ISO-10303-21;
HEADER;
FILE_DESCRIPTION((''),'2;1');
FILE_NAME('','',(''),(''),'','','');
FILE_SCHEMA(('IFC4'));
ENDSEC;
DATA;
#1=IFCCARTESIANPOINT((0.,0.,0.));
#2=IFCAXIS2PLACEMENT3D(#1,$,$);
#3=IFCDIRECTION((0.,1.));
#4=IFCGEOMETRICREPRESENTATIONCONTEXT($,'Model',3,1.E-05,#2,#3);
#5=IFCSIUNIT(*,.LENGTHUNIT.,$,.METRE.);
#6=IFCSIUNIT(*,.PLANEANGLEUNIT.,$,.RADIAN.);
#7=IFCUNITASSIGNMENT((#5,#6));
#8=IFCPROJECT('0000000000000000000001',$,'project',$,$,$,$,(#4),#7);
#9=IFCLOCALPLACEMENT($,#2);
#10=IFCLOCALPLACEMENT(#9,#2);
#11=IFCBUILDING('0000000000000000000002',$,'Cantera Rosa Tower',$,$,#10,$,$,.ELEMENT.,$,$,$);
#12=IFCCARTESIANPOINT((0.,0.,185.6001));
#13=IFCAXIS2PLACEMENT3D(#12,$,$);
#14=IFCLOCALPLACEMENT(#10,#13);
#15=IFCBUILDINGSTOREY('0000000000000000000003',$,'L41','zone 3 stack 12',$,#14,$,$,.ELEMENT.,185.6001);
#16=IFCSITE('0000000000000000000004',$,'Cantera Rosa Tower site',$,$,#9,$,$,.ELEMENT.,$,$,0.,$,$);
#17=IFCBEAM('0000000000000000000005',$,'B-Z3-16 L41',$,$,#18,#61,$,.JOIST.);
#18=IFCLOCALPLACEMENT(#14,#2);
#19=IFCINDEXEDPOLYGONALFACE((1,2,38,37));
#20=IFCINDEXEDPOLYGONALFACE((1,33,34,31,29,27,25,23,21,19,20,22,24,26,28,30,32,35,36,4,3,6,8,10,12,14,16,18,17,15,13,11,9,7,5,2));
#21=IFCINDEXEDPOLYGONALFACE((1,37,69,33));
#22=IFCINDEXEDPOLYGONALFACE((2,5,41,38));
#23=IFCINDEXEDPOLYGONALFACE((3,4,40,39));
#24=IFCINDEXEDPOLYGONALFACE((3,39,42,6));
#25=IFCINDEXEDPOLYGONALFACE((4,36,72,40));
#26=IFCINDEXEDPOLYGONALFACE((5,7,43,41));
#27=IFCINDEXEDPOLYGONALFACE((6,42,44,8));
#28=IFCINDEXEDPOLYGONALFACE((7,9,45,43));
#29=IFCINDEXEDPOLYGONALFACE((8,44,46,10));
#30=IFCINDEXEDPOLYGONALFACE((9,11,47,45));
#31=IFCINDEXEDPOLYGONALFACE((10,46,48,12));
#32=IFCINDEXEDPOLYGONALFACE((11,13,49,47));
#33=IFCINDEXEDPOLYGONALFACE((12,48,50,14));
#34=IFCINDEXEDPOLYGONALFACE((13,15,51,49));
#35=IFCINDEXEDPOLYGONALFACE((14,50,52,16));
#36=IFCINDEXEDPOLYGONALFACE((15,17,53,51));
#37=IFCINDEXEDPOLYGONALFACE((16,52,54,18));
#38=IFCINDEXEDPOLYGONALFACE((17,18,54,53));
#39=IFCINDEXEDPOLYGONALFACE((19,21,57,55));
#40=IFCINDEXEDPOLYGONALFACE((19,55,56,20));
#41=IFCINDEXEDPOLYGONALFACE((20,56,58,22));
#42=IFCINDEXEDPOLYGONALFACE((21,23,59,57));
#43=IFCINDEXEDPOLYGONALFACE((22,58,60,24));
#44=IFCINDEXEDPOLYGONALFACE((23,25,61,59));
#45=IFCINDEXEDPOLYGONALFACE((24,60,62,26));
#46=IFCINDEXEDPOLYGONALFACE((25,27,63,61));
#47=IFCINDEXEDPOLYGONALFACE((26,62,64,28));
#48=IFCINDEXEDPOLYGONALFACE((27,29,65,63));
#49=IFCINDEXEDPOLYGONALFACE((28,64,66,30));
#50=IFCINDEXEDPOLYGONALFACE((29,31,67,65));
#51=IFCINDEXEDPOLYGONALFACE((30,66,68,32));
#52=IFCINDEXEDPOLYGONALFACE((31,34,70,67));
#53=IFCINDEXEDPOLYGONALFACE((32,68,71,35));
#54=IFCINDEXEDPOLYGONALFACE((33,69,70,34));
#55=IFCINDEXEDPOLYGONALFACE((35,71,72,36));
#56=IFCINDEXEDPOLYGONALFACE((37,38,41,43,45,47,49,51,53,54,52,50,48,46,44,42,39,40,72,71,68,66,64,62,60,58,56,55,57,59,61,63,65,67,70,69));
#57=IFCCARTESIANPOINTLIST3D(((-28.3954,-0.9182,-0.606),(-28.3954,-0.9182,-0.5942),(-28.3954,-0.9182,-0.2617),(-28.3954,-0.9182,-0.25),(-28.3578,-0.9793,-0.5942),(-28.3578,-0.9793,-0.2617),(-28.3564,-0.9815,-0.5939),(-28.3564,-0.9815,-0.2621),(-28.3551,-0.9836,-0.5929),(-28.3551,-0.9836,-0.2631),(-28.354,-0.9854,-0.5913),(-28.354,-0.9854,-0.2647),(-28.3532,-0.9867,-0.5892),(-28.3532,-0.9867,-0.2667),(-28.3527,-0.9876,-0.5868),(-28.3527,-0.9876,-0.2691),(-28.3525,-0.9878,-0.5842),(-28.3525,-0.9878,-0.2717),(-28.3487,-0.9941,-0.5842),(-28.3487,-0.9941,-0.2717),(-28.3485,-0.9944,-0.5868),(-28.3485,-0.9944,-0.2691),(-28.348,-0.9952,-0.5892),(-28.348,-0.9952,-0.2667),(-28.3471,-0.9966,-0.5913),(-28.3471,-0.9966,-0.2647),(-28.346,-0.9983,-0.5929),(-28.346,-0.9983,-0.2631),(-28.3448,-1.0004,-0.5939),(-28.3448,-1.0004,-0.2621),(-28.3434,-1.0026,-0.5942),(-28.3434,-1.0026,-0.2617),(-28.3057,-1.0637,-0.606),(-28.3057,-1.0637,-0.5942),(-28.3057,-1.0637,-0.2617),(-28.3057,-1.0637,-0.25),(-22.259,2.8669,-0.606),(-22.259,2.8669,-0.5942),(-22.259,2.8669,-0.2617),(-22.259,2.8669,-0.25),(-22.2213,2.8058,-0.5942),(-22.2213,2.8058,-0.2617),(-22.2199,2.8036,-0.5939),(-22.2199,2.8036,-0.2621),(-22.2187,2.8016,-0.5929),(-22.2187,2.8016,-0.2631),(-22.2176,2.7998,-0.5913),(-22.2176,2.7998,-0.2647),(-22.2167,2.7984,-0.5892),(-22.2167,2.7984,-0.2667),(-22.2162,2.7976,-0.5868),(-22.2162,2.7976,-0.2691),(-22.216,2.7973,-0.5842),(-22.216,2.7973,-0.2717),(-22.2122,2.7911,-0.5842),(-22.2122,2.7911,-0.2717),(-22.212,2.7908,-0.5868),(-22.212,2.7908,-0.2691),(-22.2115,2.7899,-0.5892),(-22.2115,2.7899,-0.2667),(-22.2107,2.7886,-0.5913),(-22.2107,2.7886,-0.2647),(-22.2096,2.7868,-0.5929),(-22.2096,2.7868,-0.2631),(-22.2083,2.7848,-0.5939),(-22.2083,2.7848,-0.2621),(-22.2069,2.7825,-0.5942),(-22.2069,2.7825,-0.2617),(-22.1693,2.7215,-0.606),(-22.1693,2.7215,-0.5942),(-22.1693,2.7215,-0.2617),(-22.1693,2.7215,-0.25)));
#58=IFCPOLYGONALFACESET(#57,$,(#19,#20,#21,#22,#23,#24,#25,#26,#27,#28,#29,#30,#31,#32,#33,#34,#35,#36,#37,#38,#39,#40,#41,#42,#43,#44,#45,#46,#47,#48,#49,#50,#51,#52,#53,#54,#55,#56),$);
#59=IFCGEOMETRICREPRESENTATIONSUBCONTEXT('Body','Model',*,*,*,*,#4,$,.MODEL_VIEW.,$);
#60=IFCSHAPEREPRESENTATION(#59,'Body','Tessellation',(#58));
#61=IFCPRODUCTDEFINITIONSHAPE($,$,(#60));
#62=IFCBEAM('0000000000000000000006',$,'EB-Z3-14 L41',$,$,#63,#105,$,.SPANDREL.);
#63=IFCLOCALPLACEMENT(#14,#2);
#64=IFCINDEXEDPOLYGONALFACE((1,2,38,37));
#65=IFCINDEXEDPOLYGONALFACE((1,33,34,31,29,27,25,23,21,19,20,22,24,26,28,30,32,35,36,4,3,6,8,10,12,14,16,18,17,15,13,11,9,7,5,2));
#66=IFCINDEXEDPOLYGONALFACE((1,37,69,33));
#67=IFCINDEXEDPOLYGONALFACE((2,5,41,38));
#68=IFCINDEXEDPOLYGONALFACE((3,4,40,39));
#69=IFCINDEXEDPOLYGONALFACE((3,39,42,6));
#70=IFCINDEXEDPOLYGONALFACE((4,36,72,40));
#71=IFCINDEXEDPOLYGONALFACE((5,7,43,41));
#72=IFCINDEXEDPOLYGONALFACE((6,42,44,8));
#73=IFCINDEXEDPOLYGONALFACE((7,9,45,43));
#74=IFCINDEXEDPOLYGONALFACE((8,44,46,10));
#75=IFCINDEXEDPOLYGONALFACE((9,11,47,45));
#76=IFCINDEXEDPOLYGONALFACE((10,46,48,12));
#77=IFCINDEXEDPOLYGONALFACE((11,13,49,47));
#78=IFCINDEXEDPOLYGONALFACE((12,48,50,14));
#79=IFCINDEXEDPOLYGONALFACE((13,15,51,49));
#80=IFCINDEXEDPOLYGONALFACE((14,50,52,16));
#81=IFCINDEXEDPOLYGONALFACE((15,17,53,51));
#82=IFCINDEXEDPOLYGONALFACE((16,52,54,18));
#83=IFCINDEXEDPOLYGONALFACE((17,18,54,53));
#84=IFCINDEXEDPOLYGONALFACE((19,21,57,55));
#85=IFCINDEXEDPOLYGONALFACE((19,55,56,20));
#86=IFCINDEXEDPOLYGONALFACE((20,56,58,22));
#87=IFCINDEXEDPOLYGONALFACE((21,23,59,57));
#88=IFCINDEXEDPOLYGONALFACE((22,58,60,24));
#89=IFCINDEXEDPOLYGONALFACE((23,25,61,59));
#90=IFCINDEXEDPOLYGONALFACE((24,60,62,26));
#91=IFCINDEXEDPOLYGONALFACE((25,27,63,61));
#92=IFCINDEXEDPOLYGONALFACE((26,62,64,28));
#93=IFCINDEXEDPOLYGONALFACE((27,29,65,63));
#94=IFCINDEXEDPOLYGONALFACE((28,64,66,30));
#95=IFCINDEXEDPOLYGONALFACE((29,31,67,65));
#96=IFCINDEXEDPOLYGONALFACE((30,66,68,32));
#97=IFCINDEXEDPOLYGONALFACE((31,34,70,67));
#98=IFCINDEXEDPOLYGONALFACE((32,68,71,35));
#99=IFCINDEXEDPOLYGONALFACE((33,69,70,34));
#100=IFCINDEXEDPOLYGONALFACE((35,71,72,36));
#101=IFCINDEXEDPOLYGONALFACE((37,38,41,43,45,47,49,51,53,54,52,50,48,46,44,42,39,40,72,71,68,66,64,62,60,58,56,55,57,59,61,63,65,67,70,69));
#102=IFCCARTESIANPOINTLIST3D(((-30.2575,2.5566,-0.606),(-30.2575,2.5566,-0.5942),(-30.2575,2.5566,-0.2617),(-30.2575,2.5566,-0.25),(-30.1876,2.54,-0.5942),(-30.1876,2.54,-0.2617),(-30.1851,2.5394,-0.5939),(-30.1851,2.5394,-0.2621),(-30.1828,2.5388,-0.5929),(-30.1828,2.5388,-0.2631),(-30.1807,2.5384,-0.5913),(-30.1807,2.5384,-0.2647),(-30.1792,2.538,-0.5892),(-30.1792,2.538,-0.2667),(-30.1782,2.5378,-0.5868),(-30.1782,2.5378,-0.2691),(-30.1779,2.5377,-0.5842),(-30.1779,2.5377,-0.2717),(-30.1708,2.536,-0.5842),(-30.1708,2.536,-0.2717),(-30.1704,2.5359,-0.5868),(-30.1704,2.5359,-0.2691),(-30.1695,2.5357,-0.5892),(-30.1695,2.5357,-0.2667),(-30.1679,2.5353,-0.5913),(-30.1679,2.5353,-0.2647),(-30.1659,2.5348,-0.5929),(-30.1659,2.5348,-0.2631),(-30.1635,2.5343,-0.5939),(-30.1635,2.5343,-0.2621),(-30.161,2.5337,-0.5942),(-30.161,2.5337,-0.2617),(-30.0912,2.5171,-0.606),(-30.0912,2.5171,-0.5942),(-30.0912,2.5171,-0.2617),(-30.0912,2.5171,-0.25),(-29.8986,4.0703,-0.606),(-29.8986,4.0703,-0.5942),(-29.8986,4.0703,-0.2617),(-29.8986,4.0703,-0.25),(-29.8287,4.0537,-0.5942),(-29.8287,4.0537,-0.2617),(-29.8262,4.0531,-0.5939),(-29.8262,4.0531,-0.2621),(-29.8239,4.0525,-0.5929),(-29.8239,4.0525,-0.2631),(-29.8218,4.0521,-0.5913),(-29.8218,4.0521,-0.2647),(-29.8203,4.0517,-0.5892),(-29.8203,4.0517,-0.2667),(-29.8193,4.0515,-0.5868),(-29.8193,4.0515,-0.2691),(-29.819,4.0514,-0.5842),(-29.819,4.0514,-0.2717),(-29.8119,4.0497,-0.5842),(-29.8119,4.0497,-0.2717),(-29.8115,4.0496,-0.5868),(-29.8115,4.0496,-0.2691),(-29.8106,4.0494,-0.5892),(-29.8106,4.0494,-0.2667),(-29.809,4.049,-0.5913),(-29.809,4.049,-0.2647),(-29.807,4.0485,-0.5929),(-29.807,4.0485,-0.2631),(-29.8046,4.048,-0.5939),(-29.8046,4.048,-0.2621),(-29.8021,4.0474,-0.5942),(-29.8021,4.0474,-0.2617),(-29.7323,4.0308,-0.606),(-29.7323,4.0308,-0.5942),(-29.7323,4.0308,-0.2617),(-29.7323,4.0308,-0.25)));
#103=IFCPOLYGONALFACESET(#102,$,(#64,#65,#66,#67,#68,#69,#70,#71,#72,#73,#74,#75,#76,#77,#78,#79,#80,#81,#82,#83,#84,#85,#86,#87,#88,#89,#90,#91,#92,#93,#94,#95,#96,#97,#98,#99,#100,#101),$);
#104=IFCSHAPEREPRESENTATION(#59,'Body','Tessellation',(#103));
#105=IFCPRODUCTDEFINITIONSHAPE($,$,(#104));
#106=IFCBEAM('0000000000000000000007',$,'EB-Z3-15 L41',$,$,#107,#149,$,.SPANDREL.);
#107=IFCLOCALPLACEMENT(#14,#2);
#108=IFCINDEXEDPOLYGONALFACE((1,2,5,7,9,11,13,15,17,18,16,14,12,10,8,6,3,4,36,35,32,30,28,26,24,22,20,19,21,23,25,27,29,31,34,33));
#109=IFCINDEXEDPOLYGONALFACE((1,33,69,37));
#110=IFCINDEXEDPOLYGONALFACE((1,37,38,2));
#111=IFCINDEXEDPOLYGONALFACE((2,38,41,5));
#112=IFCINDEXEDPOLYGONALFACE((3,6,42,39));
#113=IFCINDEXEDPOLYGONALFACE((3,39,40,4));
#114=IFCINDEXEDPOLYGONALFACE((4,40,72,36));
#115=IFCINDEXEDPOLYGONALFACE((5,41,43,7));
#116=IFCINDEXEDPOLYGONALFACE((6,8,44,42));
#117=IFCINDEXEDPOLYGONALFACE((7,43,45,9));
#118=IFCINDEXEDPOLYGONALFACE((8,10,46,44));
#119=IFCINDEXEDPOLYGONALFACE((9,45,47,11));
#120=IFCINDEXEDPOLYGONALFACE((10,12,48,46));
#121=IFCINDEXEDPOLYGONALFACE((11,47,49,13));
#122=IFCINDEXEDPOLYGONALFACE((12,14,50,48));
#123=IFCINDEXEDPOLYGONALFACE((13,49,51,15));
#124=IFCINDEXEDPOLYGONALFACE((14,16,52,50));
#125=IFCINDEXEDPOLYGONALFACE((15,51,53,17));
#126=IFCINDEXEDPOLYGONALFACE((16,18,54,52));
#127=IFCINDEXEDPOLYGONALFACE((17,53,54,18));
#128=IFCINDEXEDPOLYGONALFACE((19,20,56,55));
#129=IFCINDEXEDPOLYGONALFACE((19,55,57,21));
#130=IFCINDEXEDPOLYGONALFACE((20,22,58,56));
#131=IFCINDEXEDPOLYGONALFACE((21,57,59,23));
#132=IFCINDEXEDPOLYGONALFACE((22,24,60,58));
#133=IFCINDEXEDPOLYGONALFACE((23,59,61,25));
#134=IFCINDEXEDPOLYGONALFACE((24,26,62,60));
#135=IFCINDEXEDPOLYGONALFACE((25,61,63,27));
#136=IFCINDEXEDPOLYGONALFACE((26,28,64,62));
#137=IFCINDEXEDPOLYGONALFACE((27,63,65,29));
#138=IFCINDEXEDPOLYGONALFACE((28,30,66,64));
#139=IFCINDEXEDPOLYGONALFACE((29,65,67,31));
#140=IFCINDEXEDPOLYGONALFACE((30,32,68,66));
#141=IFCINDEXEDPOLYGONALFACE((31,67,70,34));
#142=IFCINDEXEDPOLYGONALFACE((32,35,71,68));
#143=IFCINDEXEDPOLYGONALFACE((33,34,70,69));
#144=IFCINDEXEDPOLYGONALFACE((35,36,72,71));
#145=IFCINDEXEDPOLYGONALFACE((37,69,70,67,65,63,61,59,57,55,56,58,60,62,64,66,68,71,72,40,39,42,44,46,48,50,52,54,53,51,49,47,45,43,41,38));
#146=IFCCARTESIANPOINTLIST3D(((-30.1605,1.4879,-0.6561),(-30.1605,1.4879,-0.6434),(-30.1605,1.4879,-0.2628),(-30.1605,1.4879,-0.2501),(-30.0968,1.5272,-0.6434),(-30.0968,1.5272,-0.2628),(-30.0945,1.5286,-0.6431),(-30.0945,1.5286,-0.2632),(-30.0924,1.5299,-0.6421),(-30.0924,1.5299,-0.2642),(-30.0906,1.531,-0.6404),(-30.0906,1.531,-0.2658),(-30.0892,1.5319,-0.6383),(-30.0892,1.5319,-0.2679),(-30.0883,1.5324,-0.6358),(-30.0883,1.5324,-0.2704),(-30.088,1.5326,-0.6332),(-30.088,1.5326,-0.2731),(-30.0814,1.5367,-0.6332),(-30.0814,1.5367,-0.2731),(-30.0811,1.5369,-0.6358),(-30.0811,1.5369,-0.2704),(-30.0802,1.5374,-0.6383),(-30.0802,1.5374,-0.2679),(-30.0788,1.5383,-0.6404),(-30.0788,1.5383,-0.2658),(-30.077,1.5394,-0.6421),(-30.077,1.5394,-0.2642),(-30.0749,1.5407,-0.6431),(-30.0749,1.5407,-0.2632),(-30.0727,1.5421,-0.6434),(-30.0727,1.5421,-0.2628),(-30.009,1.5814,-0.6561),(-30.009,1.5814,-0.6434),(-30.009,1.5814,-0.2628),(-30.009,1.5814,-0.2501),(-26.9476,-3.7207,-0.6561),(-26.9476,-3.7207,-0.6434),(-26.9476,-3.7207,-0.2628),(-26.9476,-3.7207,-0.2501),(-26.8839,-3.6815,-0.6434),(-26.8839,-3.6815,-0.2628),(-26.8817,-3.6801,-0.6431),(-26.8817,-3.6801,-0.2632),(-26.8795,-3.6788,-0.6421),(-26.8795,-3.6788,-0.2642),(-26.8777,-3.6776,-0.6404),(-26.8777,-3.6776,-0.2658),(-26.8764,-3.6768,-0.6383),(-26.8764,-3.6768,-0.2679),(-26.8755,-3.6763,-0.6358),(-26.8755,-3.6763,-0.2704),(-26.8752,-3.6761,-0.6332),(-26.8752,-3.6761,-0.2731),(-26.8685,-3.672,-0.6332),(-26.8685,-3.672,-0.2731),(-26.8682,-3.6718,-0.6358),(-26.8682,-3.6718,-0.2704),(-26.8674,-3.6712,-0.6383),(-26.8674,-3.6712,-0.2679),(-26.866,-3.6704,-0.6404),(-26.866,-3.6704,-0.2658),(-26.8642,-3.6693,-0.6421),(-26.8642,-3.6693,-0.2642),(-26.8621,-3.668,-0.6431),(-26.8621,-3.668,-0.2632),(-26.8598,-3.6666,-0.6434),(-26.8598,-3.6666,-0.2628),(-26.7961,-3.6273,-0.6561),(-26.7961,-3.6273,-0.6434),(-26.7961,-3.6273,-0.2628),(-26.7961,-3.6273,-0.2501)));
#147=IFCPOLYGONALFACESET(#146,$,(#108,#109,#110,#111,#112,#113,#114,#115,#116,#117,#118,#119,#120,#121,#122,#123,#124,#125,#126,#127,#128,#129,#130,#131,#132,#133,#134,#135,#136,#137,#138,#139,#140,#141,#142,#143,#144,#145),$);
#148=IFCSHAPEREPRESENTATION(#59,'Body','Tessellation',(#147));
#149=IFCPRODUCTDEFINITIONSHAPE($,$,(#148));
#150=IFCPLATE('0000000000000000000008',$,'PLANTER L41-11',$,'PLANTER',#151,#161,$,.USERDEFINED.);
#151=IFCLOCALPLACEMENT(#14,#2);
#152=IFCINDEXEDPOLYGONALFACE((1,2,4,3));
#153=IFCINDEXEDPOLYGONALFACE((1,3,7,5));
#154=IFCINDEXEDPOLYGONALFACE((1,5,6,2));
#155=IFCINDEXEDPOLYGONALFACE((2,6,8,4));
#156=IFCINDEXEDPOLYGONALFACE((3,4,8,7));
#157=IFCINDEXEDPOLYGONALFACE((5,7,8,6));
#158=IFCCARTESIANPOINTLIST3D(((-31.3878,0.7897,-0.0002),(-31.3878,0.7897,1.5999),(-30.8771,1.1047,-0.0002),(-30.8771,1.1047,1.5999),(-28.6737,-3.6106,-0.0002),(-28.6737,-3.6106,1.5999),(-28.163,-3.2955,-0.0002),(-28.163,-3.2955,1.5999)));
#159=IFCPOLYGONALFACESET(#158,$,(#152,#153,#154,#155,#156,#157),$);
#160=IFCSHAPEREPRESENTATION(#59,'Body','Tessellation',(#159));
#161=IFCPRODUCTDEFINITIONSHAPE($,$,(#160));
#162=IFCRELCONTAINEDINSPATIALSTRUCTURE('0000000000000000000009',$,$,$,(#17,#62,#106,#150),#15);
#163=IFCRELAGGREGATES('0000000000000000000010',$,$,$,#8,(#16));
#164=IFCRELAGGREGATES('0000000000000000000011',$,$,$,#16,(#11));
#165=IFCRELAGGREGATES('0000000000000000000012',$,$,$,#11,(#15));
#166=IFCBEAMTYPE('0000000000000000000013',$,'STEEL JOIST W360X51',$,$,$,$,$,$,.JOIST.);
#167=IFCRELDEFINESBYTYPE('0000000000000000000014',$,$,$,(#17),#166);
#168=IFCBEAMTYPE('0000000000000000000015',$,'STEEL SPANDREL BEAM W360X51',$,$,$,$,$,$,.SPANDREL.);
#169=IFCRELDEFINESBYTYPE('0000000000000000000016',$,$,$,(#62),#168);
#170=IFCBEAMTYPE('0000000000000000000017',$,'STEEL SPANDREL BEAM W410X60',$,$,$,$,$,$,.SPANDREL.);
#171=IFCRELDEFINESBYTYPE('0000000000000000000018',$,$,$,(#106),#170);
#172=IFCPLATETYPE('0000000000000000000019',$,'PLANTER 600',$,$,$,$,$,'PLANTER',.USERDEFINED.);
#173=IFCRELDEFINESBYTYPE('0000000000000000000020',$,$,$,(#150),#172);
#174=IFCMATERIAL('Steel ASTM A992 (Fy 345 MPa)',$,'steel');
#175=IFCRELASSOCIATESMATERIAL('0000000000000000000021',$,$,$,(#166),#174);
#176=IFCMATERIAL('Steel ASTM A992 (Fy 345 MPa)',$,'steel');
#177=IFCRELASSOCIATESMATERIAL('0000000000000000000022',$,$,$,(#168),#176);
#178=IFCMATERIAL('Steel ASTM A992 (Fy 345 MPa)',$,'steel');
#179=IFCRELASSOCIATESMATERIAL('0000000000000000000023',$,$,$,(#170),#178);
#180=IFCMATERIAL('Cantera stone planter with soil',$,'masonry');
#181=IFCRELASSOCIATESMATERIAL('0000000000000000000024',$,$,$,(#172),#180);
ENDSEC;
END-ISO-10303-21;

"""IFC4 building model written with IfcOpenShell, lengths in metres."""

from ifc_helpers import new_model, si_unit, direction, frame, origin, origin_2d, place, context, subcontext, project, spatial, rectangle, i_section, extrude, material, material_profile, profile_set, type_object, element, save


model = new_model("IFC4")

# Units and contexts
model_context = context("Model", 3, precision=1e-05, world=origin(), true_north=direction((0.0, 1.0)))
body_context = subcontext(model_context, "Body", "Model", "MODEL_VIEW")
ifc_project = project(units=[si_unit("LENGTHUNIT", "METRE"), si_unit("PLANEANGLEUNIT", "RADIAN")], contexts=[model_context])

# Site, building, storey
site_placement = place(None, origin())
site = spatial("IfcSite", under=ifc_project, at=site_placement, Name="Cantera Rosa Tower site", CompositionType="ELEMENT", RefElevation=0.0)
building_placement = place(site_placement, origin())
building = spatial("IfcBuilding", under=site, at=building_placement, Name="Cantera Rosa Tower", CompositionType="ELEMENT")
storey_placement = place(building_placement, frame((0.0, 0.0, 185.6001)))
storey = spatial("IfcBuildingStorey", under=building, at=storey_placement, Name="L41", Description="zone 3 stack 12", CompositionType="ELEMENT", Elevation=185.6001)

# Beams
ifc_material_1 = material(Name="Steel ASTM A992 (Fy 345 MPa)", Category="steel")
ifc_material_profile_1 = material_profile(ifc_material_1, i_section(OverallWidth=0.1709, OverallDepth=0.356, WebThickness=0.0073, FlangeThickness=0.0117, FilletRadius=0.01, at=origin_2d()), Name="W360X51")
ifc_profile_set_1 = profile_set([ifc_material_profile_1], Name="Steel ASTM A992 (Fy 345 MPa)")
beam_type_1 = type_object("IfcBeamType", Name="STEEL JOIST W360X51", PredefinedType="JOIST", material=ifc_profile_set_1)
beam_1_placement = place(storey_placement, frame((-28.3506, -0.991, -0.428), z_axis=(0.851109, 0.524989, 0.0), x_axis=(-0.524989, 0.851109, 0.0)))
element("IfcBeam", 1, at=beam_1_placement, inside=storey, type_object=beam_type_1, Name="B-Z3-16 L41", PredefinedType="JOIST", context=body_context, shape_type="SweptSolid", body=[
    extrude(i_section(OverallWidth=0.1709, OverallDepth=0.356, WebThickness=0.0073, FlangeThickness=0.0117, FilletRadius=0.01, at=origin_2d()), origin(), (0.0, 0.0, 1.0), 7.21),
])
ifc_material_2 = material(Name="Steel ASTM A992 (Fy 345 MPa)", Category="steel")
ifc_material_profile_2 = material_profile(ifc_material_2, i_section(OverallWidth=0.1709, OverallDepth=0.356, WebThickness=0.0073, FlangeThickness=0.0117, FilletRadius=0.01, at=origin_2d()), Name="W360X51")
ifc_profile_set_2 = profile_set([ifc_material_profile_2], Name="Steel ASTM A992 (Fy 345 MPa)")
beam_type_2 = type_object("IfcBeamType", Name="STEEL SPANDREL BEAM W360X51", PredefinedType="SPANDREL", material=ifc_profile_set_2)
beam_2_placement = place(storey_placement, frame((-29.8154, 4.0505, -0.428), z_axis=(-0.230701, -0.973025, 0.0), x_axis=(0.973025, -0.230701, 0.0)))
element("IfcBeam", 2, at=beam_2_placement, inside=storey, type_object=beam_type_2, Name="EB-Z3-14 L41", PredefinedType="SPANDREL", context=body_context, shape_type="SweptSolid", body=[
    extrude(i_section(OverallWidth=0.1709, OverallDepth=0.356, WebThickness=0.0073, FlangeThickness=0.0117, FilletRadius=0.01, at=origin_2d()), origin(), (0.0, 0.0, 1.0), 1.5557),
])
ifc_material_3 = material(Name="Steel ASTM A992 (Fy 345 MPa)", Category="steel")
ifc_material_profile_3 = material_profile(ifc_material_3, i_section(OverallWidth=0.178, OverallDepth=0.406, WebThickness=0.0078, FlangeThickness=0.0127, FilletRadius=0.0103, at=origin_2d()), Name="W410X60")
ifc_profile_set_3 = profile_set([ifc_material_profile_3], Name="Steel ASTM A992 (Fy 345 MPa)")
beam_type_3 = type_object("IfcBeamType", Name="STEEL SPANDREL BEAM W410X60", PredefinedType="SPANDREL", material=ifc_profile_set_3)
beam_3_placement = place(storey_placement, frame((-30.0847, 1.5347, -0.4531), z_axis=(0.524987, -0.85111, 0.0), x_axis=(0.85111, 0.524987, 0.0)))
element("IfcBeam", 3, at=beam_3_placement, inside=storey, type_object=beam_type_3, Name="EB-Z3-15 L41", PredefinedType="SPANDREL", context=body_context, shape_type="SweptSolid", body=[
    extrude(i_section(OverallWidth=0.178, OverallDepth=0.406, WebThickness=0.0078, FlangeThickness=0.0127, FilletRadius=0.0103, at=origin_2d()), origin(), (0.0, 0.0, 1.0), 6.1199),
])

# Plate
ifc_material_4 = material(Name="Cantera stone planter with soil", Category="masonry")
plate_type = type_object("IfcPlateType", Name="PLANTER 600", ElementType="PLANTER", PredefinedType="USERDEFINED", material=ifc_material_4)
plate_placement = place(storey_placement, frame((-29.7754, -1.2529, -0.0002), z_axis=(0.0, 0.0, 1.0), x_axis=(0.524977, -0.851117, 0.0)))
element("IfcPlate", 4, at=plate_placement, inside=storey, type_object=plate_type, Name="PLANTER L41-11", ObjectType="PLANTER", PredefinedType="USERDEFINED", context=body_context, shape_type="SweptSolid", body=[
    extrude(rectangle(XDim=5.1699, YDim=0.6001, at=origin_2d()), origin(), (0.0, 0.0, 1.0), 1.6001),
])

save(model, "model.ifc")
